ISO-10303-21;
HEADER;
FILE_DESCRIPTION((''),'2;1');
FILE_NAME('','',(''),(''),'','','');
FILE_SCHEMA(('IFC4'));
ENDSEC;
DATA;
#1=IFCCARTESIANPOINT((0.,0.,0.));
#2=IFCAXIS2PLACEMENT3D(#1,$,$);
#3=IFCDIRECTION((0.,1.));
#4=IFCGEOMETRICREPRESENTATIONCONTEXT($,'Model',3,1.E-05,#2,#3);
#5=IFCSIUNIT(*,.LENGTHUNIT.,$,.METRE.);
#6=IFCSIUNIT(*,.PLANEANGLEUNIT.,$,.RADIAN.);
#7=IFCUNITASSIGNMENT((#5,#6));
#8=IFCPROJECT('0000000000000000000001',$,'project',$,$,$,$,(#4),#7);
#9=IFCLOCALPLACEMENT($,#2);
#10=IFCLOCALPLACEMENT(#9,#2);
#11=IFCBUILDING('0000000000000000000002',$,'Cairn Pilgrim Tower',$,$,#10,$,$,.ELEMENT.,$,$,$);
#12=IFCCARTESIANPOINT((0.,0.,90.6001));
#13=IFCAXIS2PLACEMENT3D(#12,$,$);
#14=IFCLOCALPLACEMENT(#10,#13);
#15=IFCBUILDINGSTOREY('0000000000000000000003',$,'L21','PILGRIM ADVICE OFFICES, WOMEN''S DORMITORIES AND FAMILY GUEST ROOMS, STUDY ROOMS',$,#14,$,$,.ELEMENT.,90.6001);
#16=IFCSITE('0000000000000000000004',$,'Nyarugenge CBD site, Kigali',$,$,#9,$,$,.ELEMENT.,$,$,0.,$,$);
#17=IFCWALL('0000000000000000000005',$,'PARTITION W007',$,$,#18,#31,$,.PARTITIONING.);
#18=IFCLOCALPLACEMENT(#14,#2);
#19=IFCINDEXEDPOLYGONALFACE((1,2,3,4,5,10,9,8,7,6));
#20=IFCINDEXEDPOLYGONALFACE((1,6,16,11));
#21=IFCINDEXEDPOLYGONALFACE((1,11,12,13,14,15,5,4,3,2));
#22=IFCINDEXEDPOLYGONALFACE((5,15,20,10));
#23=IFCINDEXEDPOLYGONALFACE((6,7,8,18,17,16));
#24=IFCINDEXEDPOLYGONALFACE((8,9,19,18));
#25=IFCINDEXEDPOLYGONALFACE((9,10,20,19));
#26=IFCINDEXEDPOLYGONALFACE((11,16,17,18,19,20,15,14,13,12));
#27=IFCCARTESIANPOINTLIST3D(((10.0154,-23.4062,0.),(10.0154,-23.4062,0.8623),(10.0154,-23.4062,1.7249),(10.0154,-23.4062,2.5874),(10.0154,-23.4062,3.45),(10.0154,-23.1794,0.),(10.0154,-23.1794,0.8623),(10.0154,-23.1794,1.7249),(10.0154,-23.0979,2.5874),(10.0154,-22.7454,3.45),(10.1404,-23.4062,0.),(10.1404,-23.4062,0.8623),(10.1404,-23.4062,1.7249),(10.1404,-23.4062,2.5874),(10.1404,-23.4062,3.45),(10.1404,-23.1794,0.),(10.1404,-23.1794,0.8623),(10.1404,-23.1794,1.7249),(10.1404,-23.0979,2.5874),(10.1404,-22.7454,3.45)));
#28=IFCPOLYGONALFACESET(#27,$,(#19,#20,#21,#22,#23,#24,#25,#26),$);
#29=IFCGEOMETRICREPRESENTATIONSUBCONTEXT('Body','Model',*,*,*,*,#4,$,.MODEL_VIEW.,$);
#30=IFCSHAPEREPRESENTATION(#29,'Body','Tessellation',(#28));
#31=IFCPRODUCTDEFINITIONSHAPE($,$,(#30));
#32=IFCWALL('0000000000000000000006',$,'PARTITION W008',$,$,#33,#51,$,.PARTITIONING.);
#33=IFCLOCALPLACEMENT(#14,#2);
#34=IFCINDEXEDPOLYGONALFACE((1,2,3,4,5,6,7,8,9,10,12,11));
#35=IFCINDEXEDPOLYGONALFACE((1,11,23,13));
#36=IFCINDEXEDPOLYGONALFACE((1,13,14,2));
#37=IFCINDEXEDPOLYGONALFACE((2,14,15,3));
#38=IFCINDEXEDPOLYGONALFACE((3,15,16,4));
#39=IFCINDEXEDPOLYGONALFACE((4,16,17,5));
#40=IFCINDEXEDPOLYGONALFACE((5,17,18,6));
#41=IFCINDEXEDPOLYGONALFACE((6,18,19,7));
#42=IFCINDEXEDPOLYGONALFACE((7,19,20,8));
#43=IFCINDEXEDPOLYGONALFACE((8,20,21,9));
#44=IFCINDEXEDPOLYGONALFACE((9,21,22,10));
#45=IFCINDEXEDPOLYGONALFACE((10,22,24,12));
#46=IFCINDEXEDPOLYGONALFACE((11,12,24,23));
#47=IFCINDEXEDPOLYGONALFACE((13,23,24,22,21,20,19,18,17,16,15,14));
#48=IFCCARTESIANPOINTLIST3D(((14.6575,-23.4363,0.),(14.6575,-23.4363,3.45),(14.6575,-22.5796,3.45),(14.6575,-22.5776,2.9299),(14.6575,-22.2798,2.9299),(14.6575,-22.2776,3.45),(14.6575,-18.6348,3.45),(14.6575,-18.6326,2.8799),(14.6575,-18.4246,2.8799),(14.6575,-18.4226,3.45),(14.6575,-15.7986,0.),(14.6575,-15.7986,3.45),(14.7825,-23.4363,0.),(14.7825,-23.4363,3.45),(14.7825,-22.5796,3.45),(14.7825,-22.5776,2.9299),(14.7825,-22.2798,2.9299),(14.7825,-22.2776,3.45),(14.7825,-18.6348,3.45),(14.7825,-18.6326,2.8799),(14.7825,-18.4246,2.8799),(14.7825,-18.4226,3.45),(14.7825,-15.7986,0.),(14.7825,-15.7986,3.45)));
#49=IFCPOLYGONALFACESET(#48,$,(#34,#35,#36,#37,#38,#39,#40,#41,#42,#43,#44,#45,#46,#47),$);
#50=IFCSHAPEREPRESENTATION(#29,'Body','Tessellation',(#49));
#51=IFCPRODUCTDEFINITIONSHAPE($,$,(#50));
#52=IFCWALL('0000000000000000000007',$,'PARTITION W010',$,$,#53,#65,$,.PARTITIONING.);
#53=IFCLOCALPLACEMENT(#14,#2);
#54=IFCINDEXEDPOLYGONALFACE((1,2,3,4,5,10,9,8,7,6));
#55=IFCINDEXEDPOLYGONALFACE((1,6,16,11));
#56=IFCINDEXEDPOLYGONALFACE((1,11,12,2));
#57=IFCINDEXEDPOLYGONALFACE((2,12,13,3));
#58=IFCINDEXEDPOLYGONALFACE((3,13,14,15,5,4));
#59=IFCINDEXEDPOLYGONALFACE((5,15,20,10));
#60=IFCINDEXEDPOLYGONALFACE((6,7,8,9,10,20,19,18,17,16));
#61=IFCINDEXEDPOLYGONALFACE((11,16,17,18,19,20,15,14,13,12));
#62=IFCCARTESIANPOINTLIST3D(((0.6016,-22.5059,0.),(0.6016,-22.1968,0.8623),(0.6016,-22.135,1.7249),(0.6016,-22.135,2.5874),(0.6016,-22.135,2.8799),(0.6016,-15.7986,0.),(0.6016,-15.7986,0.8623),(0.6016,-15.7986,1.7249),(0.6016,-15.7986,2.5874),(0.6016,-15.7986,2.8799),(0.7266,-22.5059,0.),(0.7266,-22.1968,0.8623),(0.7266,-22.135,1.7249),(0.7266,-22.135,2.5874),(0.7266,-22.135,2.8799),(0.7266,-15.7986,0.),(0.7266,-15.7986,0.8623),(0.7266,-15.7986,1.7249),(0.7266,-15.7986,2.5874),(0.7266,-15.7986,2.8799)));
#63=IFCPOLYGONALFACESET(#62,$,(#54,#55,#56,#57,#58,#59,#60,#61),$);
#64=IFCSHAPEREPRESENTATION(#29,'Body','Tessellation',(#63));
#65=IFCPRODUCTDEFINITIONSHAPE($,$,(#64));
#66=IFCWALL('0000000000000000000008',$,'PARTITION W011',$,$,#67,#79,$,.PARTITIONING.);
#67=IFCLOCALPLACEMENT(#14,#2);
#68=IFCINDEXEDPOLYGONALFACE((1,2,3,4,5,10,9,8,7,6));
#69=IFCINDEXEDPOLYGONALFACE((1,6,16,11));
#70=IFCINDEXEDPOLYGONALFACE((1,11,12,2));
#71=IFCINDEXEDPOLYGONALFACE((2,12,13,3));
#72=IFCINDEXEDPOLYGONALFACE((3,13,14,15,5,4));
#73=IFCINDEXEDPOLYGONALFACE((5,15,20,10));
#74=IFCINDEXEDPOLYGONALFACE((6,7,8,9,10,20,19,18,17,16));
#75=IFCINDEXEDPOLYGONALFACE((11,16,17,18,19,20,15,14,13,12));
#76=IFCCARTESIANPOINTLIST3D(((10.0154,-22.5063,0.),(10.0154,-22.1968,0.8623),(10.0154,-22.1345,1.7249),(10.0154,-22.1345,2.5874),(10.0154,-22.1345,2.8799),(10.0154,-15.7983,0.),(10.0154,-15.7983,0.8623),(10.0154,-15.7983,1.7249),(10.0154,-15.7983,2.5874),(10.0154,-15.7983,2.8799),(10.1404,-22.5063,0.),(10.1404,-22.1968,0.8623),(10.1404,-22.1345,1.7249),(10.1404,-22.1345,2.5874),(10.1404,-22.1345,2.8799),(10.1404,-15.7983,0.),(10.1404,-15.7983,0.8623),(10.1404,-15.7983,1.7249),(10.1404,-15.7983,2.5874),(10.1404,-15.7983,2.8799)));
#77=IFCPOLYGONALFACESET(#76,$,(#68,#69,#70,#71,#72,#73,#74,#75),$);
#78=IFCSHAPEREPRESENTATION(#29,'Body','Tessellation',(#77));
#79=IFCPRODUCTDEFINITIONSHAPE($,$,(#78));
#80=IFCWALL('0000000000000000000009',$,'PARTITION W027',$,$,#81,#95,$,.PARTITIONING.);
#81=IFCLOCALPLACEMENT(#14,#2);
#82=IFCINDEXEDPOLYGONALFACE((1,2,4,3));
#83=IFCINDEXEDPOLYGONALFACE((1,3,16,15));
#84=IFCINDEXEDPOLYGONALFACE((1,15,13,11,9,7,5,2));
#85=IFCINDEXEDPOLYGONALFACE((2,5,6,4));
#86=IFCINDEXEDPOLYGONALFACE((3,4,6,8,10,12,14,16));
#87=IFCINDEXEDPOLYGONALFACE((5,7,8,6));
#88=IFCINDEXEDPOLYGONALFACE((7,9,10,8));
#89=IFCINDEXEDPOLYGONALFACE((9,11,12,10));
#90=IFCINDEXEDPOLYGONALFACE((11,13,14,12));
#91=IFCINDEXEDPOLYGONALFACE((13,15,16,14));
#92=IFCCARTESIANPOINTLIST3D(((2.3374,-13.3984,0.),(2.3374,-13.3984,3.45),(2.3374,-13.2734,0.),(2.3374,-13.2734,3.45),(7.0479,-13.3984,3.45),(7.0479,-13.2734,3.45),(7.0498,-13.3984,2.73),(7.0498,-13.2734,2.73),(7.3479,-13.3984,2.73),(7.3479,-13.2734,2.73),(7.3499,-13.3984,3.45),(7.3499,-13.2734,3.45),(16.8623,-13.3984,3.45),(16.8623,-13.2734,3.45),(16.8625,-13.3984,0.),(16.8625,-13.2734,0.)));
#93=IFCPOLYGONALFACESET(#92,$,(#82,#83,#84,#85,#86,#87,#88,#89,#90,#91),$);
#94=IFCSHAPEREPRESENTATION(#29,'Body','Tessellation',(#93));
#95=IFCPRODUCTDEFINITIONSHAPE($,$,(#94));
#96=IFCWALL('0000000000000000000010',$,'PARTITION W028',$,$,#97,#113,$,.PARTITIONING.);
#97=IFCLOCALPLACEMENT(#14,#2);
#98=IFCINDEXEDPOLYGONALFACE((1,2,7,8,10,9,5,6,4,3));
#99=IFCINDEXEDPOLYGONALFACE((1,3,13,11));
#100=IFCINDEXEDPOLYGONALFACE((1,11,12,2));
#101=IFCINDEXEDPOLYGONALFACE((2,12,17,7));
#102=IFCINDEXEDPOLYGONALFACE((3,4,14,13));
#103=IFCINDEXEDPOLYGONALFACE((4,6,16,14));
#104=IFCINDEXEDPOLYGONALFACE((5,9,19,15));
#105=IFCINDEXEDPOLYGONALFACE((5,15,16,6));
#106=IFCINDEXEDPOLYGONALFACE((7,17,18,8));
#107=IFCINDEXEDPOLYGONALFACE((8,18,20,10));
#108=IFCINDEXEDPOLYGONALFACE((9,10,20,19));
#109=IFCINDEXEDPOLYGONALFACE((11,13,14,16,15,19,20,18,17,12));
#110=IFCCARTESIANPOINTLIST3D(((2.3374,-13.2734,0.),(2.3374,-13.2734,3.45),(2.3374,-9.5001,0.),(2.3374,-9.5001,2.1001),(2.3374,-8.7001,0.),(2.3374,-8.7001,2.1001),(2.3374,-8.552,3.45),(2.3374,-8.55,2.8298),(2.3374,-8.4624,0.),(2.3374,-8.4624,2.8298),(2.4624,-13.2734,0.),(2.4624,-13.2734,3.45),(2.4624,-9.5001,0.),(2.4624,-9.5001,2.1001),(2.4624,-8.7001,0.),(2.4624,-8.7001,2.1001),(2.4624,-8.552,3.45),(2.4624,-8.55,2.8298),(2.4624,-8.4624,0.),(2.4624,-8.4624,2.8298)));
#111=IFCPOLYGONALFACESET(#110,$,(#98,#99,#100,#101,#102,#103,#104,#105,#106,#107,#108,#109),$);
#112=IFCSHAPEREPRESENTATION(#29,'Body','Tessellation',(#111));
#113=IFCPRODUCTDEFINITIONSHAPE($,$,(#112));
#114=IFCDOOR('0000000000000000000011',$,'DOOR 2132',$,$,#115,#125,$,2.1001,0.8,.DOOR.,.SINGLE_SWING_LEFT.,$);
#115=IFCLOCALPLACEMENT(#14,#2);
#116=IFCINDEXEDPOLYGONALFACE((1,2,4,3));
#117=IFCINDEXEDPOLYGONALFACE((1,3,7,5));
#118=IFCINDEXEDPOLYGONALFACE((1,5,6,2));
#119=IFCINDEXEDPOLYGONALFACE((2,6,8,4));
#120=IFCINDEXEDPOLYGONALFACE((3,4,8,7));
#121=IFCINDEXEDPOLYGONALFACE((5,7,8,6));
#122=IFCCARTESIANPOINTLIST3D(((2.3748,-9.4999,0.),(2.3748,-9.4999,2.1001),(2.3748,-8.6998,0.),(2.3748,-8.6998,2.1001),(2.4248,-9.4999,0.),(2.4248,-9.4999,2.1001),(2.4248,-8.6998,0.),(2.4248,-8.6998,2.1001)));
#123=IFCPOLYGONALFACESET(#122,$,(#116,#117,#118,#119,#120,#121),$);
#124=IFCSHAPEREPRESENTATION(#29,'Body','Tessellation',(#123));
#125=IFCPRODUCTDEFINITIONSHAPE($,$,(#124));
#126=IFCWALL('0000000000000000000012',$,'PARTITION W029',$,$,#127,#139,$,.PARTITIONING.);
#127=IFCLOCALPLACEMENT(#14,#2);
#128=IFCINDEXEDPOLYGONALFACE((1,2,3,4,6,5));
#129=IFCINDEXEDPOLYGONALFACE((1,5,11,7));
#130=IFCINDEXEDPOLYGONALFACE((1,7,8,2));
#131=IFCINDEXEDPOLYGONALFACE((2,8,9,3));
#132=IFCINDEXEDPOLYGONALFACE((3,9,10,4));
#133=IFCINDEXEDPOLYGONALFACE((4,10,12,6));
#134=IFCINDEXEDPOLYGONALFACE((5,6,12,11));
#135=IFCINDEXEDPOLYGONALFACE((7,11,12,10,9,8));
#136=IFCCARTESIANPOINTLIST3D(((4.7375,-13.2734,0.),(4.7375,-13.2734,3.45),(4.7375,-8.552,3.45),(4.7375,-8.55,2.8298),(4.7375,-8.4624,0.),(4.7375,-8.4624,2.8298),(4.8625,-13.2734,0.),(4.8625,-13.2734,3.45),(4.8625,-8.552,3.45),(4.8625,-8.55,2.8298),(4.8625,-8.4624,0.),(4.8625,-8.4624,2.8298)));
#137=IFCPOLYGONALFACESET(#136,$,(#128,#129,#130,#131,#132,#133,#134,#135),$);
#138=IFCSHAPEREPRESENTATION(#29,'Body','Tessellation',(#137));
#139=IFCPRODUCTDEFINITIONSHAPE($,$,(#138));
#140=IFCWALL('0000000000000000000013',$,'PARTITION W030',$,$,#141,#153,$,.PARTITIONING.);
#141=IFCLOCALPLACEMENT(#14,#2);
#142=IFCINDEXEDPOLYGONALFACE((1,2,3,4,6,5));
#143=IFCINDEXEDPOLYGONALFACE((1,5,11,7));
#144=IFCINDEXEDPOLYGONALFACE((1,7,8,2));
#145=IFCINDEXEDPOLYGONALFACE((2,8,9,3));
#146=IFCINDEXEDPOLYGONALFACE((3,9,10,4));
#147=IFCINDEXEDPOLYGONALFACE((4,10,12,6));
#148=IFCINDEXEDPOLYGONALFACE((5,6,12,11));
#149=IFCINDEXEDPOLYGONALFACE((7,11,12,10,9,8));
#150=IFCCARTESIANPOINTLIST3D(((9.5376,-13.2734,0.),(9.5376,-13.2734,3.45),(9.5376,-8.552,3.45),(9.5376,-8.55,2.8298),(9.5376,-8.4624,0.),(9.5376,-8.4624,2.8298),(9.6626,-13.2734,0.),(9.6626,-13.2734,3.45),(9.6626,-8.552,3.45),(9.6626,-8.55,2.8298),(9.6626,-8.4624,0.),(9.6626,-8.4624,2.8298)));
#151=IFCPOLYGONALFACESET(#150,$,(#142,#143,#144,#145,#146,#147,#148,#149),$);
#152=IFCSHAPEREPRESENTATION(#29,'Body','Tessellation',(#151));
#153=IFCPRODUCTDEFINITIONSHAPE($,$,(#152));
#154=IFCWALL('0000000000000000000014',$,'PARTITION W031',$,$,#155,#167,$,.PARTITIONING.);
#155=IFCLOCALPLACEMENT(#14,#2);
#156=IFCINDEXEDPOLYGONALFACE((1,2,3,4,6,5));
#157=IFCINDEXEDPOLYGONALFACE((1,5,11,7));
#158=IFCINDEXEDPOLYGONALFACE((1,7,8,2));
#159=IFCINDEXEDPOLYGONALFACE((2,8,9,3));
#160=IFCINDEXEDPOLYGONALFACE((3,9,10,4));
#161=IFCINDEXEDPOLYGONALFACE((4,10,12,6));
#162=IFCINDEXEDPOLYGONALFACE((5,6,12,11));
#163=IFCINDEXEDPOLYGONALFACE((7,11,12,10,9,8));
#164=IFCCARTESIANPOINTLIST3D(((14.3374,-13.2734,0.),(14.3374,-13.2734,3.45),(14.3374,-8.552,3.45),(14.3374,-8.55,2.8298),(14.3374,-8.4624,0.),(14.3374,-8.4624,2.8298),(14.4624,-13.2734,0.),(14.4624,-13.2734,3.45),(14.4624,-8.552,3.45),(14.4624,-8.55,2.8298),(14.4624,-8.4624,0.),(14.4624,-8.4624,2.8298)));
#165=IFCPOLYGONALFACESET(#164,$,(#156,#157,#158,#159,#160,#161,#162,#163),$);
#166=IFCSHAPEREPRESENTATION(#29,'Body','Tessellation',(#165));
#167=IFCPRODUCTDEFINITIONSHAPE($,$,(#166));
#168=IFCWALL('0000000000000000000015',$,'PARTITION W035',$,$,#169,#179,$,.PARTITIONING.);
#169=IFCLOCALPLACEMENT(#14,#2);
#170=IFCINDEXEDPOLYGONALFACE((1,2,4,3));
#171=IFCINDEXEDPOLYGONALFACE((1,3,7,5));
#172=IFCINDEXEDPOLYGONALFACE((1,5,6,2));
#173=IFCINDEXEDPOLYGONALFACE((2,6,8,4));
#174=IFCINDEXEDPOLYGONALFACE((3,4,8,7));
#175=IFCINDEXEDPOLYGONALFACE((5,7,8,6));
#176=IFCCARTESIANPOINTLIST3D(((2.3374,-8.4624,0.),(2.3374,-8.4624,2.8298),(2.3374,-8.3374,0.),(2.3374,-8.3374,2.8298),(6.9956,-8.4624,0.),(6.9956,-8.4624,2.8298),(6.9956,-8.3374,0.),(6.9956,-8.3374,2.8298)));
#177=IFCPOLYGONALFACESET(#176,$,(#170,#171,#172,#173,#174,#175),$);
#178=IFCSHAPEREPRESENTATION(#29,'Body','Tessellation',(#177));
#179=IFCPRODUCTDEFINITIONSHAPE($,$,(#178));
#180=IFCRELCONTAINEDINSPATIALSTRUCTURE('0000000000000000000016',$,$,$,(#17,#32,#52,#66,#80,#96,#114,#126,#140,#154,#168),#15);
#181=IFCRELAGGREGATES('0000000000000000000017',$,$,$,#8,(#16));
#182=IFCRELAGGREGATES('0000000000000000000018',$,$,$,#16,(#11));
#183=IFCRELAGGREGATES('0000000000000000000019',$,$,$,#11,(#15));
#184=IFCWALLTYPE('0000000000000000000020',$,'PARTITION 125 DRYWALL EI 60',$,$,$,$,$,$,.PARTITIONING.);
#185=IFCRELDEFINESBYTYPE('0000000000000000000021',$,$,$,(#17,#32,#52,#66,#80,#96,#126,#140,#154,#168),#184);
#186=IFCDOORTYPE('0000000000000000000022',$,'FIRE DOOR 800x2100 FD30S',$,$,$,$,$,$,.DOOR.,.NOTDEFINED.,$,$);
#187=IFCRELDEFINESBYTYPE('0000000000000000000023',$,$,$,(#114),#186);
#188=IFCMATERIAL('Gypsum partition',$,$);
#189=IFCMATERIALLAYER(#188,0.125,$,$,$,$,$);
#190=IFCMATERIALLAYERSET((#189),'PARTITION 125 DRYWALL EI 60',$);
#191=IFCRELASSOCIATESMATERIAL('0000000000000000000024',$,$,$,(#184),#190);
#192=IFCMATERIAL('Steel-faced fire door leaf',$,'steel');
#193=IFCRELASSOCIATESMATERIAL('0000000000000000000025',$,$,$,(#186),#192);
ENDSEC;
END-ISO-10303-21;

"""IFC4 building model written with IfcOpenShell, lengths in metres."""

from ifc_helpers import new_model, si_unit, direction, frame, frame_2d, origin, place, context, subcontext, project, spatial, polyline, rectangle, outline, extrude, material, layer, layer_set, type_object, element, fill, save


model = new_model("IFC4")

# Units and contexts
model_context = context("Model", 3, precision=1e-05, world=origin(), true_north=direction((0.0, 1.0)))
body_context = subcontext(model_context, "Body", "Model", "MODEL_VIEW")
ifc_project = project(units=[si_unit("LENGTHUNIT", "METRE"), si_unit("PLANEANGLEUNIT", "RADIAN")], contexts=[model_context])

# Site, building, storey
site_placement = place(None, origin())
site = spatial("IfcSite", under=ifc_project, at=site_placement, Name="Nyarugenge CBD site, Kigali", CompositionType="ELEMENT", RefElevation=0.0)
building_placement = place(site_placement, origin())
building = spatial("IfcBuilding", under=site, at=building_placement, Name="Cairn Pilgrim Tower", CompositionType="ELEMENT")
storey_placement = place(building_placement, frame((0.0, 0.0, 90.6001)))
storey = spatial("IfcBuildingStorey", under=building, at=storey_placement, Name="L21", Description="PILGRIM ADVICE OFFICES, WOMEN'S DORMITORIES AND FAMILY GUEST ROOMS, STUDY ROOMS", CompositionType="ELEMENT", Elevation=90.6001)

# Walls
ifc_material_1 = material(Name="Gypsum partition")
ifc_layer_1 = layer(ifc_material_1, 0.125)
ifc_layer_set_1 = layer_set([ifc_layer_1], Name="PARTITION 125 DRYWALL EI 60")
wall_type_1 = type_object("IfcWallType", Name="PARTITION 125 DRYWALL EI 60", PredefinedType="PARTITIONING", material=ifc_layer_set_1)
wall_1_placement = place(storey_placement, frame((10.0779, -23.4062, 0.0), z_axis=(0.0, 0.0, 1.0), x_axis=(0.0, 1.0, 0.0)))
element("IfcWall", 1, at=wall_1_placement, inside=storey, type_object=wall_type_1, Name="PARTITION W007", PredefinedType="PARTITIONING", context=body_context, shape_type="SweptSolid", body=[
    extrude(outline(polyline([(0.0, 0.0), (0.2268, 0.0), (0.2268, 0.8623), (0.2268, 1.7249), (0.3083, 2.5874), (0.6609, 3.45), (0.0, 3.45), (0.0, 2.5874), (0.0, 1.7249), (0.0, 0.8623), (0.0, 0.0)])), frame((0.0, 0.0625, 0.0), z_axis=(0.0, -1.0, 0.0), x_axis=(1.0, 0.0, 0.0)), (0.0, 0.0, 1.0), 0.125),
])
wall_2_placement = place(storey_placement, frame((14.72, -23.4363, 0.0), z_axis=(0.0, 0.0, 1.0), x_axis=(0.0, 1.0, 0.0)))
element("IfcWall", 2, at=wall_2_placement, inside=storey, type_object=wall_type_1, Name="PARTITION W008", PredefinedType="PARTITIONING", context=body_context, shape_type="SweptSolid", body=[
    extrude(outline(polyline([(0.0, 0.0), (7.6377, 0.0), (7.6377, 3.45), (5.0137, 3.45), (5.0117, 2.8799), (4.8037, 2.8799), (4.8015, 3.45), (1.1587, 3.45), (1.1565, 2.9299), (0.8586, 2.9299), (0.8567, 3.45), (0.0, 3.45), (0.0, 0.0)])), frame((0.0, 0.0625, 0.0), z_axis=(0.0, -1.0, 0.0), x_axis=(1.0, 0.0, 0.0)), (0.0, 0.0, 1.0), 0.125),
])
wall_3_placement = place(storey_placement, frame((0.6641, -22.5059, 0.0), z_axis=(0.0, 0.0, 1.0), x_axis=(0.0, 1.0, 0.0)))
element("IfcWall", 3, at=wall_3_placement, inside=storey, type_object=wall_type_1, Name="PARTITION W010", PredefinedType="PARTITIONING", context=body_context, shape_type="SweptSolid", body=[
    extrude(outline(polyline([(0.0, 0.0), (6.7073, 0.0), (6.7073, 0.8623), (6.7073, 1.7249), (6.7073, 2.5874), (6.7073, 2.8799), (0.3708, 2.8799), (0.3708, 2.5874), (0.3708, 1.7249), (0.3091, 0.8623), (0.0, 0.0)])), frame((0.0, 0.0625, 0.0), z_axis=(0.0, -1.0, 0.0), x_axis=(1.0, 0.0, 0.0)), (0.0, 0.0, 1.0), 0.125),
])
wall_4_placement = place(storey_placement, frame((10.0779, -22.5063, 0.0), z_axis=(0.0, 0.0, 1.0), x_axis=(0.0, 1.0, 0.0)))
element("IfcWall", 4, at=wall_4_placement, inside=storey, type_object=wall_type_1, Name="PARTITION W011", PredefinedType="PARTITIONING", context=body_context, shape_type="SweptSolid", body=[
    extrude(outline(polyline([(0.0, 0.0), (6.708, 0.0), (6.708, 0.8623), (6.708, 1.7249), (6.708, 2.5874), (6.708, 2.8799), (0.3718, 2.8799), (0.3718, 2.5874), (0.3718, 1.7249), (0.3096, 0.8623), (0.0, 0.0)])), frame((0.0, 0.0625, 0.0), z_axis=(0.0, -1.0, 0.0), x_axis=(1.0, 0.0, 0.0)), (0.0, 0.0, 1.0), 0.125),
])
wall_5_placement = place(storey_placement, frame((2.3374, -13.3359, 0.0), z_axis=(0.0, 0.0, 1.0), x_axis=(1.0, 0.0, 0.0)))
element("IfcWall", 5, at=wall_5_placement, inside=storey, type_object=wall_type_1, Name="PARTITION W027", PredefinedType="PARTITIONING", context=body_context, shape_type="SweptSolid", body=[
    extrude(outline(polyline([(0.0, 0.0), (14.5251, 0.0), (14.5249, 3.45), (5.0125, 3.45), (5.0105, 2.73), (4.7124, 2.73), (4.7104, 3.45), (0.0, 3.45), (0.0, 0.0)])), frame((0.0, 0.0625, 0.0), z_axis=(0.0, -1.0, 0.0), x_axis=(1.0, 0.0, 0.0)), (0.0, 0.0, 1.0), 0.125),
])

# Wall, opening, door
wall_6_placement = place(storey_placement, frame((2.3999, -13.2734, 0.0), z_axis=(0.0, 0.0, 1.0), x_axis=(0.0, 1.0, 0.0)))
wall_6 = element("IfcWall", 6, at=wall_6_placement, inside=storey, type_object=wall_type_1, Name="PARTITION W028", PredefinedType="PARTITIONING", context=body_context, shape_type="SweptSolid", body=[
    extrude(outline(polyline([(0.0, 0.0), (4.811, 0.0), (4.811, 2.8298), (4.7234, 2.8298), (4.7214, 3.45), (0.0, 3.45), (0.0, 0.0)])), frame((0.0, 0.0625, 0.0), z_axis=(0.0, -1.0, 0.0), x_axis=(1.0, 0.0, 0.0)), (0.0, 0.0, 1.0), 0.125),
])
opening_1_placement = place(wall_6_placement, frame((3.7734, 0.0, 0.0)))
opening_1 = element("IfcOpeningElement", 7, at=opening_1_placement, cuts=wall_6, PredefinedType="OPENING", context=body_context, shape_type="SweptSolid", body=[
    extrude(rectangle(XDim=0.8, YDim=2.1001, at=frame_2d((0.3999, 1.05))), frame((0.0, 0.0725, 0.0), z_axis=(0.0, -1.0, 0.0), x_axis=(1.0, 0.0, 0.0)), (0.0, 0.0, 1.0), 0.145),
])
ifc_material_2 = material(Name="Steel-faced fire door leaf", Category="steel")
door_type_1 = type_object("IfcDoorType", Name="FIRE DOOR 800x2100 FD30S", OperationType="NOTDEFINED", PredefinedType="DOOR", material=ifc_material_2)
door_1_placement = place(opening_1_placement, frame((0.8, 0.0, 0.0), z_axis=(0.0, 0.0, 1.0), x_axis=(-1.0, 0.0, 0.0)))
door_1 = element("IfcDoor", 8, at=door_1_placement, inside=storey, type_object=door_type_1, Name="DOOR 2132", OperationType="SINGLE_SWING_LEFT", OverallHeight=2.1001, OverallWidth=0.8, PredefinedType="DOOR", context=body_context, shape_type="SweptSolid", body=[
    extrude(rectangle(XDim=0.8, YDim=2.1001, at=frame_2d((0.3999, 1.05))), frame((0.0, 0.0249, 0.0), z_axis=(0.0, -1.0, 0.0), x_axis=(1.0, 0.0, 0.0)), (0.0, 0.0, 1.0), 0.05),
])
fill(opening_1, door_1)

# Walls
for number, where, z_axis, x_axis, name in (
    (9, (4.8, -13.2734, 0.0), (0.0, 0.0, 1.0), (0.0, 1.0, 0.0), "PARTITION W029"),
    (10, (9.6001, -13.2734, 0.0), (0.0, 0.0, 1.0), (0.0, 1.0, 0.0), "PARTITION W030"),
    (11, (14.3999, -13.2734, 0.0), (0.0, 0.0, 1.0), (0.0, 1.0, 0.0), "PARTITION W031"),
):
    element("IfcWall", number, at=place(storey_placement, frame(where, z_axis=z_axis, x_axis=x_axis)), inside=storey, type_object=wall_type_1, Name=name, PredefinedType="PARTITIONING", context=body_context, shape_type="SweptSolid", body=[
        extrude(outline(polyline([(0.0, 0.0), (4.811, 0.0), (4.811, 2.8298), (4.7234, 2.8298), (4.7214, 3.45), (0.0, 3.45), (0.0, 0.0)])), frame((0.0, 0.0625, 0.0), z_axis=(0.0, -1.0, 0.0), x_axis=(1.0, 0.0, 0.0)), (0.0, 0.0, 1.0), 0.125),
    ])
wall_7_placement = place(storey_placement, frame((2.3374, -8.3999, 0.0), z_axis=(0.0, 0.0, 1.0), x_axis=(1.0, 0.0, 0.0)))
element("IfcWall", 12, at=wall_7_placement, inside=storey, type_object=wall_type_1, Name="PARTITION W035", PredefinedType="PARTITIONING", context=body_context, shape_type="SweptSolid", body=[
    extrude(rectangle(XDim=4.6582, YDim=0.125, at=frame_2d((2.3291, 0.0))), origin(), (0.0, 0.0, 1.0), 2.8298),
])

save(model, "model.ifc")
